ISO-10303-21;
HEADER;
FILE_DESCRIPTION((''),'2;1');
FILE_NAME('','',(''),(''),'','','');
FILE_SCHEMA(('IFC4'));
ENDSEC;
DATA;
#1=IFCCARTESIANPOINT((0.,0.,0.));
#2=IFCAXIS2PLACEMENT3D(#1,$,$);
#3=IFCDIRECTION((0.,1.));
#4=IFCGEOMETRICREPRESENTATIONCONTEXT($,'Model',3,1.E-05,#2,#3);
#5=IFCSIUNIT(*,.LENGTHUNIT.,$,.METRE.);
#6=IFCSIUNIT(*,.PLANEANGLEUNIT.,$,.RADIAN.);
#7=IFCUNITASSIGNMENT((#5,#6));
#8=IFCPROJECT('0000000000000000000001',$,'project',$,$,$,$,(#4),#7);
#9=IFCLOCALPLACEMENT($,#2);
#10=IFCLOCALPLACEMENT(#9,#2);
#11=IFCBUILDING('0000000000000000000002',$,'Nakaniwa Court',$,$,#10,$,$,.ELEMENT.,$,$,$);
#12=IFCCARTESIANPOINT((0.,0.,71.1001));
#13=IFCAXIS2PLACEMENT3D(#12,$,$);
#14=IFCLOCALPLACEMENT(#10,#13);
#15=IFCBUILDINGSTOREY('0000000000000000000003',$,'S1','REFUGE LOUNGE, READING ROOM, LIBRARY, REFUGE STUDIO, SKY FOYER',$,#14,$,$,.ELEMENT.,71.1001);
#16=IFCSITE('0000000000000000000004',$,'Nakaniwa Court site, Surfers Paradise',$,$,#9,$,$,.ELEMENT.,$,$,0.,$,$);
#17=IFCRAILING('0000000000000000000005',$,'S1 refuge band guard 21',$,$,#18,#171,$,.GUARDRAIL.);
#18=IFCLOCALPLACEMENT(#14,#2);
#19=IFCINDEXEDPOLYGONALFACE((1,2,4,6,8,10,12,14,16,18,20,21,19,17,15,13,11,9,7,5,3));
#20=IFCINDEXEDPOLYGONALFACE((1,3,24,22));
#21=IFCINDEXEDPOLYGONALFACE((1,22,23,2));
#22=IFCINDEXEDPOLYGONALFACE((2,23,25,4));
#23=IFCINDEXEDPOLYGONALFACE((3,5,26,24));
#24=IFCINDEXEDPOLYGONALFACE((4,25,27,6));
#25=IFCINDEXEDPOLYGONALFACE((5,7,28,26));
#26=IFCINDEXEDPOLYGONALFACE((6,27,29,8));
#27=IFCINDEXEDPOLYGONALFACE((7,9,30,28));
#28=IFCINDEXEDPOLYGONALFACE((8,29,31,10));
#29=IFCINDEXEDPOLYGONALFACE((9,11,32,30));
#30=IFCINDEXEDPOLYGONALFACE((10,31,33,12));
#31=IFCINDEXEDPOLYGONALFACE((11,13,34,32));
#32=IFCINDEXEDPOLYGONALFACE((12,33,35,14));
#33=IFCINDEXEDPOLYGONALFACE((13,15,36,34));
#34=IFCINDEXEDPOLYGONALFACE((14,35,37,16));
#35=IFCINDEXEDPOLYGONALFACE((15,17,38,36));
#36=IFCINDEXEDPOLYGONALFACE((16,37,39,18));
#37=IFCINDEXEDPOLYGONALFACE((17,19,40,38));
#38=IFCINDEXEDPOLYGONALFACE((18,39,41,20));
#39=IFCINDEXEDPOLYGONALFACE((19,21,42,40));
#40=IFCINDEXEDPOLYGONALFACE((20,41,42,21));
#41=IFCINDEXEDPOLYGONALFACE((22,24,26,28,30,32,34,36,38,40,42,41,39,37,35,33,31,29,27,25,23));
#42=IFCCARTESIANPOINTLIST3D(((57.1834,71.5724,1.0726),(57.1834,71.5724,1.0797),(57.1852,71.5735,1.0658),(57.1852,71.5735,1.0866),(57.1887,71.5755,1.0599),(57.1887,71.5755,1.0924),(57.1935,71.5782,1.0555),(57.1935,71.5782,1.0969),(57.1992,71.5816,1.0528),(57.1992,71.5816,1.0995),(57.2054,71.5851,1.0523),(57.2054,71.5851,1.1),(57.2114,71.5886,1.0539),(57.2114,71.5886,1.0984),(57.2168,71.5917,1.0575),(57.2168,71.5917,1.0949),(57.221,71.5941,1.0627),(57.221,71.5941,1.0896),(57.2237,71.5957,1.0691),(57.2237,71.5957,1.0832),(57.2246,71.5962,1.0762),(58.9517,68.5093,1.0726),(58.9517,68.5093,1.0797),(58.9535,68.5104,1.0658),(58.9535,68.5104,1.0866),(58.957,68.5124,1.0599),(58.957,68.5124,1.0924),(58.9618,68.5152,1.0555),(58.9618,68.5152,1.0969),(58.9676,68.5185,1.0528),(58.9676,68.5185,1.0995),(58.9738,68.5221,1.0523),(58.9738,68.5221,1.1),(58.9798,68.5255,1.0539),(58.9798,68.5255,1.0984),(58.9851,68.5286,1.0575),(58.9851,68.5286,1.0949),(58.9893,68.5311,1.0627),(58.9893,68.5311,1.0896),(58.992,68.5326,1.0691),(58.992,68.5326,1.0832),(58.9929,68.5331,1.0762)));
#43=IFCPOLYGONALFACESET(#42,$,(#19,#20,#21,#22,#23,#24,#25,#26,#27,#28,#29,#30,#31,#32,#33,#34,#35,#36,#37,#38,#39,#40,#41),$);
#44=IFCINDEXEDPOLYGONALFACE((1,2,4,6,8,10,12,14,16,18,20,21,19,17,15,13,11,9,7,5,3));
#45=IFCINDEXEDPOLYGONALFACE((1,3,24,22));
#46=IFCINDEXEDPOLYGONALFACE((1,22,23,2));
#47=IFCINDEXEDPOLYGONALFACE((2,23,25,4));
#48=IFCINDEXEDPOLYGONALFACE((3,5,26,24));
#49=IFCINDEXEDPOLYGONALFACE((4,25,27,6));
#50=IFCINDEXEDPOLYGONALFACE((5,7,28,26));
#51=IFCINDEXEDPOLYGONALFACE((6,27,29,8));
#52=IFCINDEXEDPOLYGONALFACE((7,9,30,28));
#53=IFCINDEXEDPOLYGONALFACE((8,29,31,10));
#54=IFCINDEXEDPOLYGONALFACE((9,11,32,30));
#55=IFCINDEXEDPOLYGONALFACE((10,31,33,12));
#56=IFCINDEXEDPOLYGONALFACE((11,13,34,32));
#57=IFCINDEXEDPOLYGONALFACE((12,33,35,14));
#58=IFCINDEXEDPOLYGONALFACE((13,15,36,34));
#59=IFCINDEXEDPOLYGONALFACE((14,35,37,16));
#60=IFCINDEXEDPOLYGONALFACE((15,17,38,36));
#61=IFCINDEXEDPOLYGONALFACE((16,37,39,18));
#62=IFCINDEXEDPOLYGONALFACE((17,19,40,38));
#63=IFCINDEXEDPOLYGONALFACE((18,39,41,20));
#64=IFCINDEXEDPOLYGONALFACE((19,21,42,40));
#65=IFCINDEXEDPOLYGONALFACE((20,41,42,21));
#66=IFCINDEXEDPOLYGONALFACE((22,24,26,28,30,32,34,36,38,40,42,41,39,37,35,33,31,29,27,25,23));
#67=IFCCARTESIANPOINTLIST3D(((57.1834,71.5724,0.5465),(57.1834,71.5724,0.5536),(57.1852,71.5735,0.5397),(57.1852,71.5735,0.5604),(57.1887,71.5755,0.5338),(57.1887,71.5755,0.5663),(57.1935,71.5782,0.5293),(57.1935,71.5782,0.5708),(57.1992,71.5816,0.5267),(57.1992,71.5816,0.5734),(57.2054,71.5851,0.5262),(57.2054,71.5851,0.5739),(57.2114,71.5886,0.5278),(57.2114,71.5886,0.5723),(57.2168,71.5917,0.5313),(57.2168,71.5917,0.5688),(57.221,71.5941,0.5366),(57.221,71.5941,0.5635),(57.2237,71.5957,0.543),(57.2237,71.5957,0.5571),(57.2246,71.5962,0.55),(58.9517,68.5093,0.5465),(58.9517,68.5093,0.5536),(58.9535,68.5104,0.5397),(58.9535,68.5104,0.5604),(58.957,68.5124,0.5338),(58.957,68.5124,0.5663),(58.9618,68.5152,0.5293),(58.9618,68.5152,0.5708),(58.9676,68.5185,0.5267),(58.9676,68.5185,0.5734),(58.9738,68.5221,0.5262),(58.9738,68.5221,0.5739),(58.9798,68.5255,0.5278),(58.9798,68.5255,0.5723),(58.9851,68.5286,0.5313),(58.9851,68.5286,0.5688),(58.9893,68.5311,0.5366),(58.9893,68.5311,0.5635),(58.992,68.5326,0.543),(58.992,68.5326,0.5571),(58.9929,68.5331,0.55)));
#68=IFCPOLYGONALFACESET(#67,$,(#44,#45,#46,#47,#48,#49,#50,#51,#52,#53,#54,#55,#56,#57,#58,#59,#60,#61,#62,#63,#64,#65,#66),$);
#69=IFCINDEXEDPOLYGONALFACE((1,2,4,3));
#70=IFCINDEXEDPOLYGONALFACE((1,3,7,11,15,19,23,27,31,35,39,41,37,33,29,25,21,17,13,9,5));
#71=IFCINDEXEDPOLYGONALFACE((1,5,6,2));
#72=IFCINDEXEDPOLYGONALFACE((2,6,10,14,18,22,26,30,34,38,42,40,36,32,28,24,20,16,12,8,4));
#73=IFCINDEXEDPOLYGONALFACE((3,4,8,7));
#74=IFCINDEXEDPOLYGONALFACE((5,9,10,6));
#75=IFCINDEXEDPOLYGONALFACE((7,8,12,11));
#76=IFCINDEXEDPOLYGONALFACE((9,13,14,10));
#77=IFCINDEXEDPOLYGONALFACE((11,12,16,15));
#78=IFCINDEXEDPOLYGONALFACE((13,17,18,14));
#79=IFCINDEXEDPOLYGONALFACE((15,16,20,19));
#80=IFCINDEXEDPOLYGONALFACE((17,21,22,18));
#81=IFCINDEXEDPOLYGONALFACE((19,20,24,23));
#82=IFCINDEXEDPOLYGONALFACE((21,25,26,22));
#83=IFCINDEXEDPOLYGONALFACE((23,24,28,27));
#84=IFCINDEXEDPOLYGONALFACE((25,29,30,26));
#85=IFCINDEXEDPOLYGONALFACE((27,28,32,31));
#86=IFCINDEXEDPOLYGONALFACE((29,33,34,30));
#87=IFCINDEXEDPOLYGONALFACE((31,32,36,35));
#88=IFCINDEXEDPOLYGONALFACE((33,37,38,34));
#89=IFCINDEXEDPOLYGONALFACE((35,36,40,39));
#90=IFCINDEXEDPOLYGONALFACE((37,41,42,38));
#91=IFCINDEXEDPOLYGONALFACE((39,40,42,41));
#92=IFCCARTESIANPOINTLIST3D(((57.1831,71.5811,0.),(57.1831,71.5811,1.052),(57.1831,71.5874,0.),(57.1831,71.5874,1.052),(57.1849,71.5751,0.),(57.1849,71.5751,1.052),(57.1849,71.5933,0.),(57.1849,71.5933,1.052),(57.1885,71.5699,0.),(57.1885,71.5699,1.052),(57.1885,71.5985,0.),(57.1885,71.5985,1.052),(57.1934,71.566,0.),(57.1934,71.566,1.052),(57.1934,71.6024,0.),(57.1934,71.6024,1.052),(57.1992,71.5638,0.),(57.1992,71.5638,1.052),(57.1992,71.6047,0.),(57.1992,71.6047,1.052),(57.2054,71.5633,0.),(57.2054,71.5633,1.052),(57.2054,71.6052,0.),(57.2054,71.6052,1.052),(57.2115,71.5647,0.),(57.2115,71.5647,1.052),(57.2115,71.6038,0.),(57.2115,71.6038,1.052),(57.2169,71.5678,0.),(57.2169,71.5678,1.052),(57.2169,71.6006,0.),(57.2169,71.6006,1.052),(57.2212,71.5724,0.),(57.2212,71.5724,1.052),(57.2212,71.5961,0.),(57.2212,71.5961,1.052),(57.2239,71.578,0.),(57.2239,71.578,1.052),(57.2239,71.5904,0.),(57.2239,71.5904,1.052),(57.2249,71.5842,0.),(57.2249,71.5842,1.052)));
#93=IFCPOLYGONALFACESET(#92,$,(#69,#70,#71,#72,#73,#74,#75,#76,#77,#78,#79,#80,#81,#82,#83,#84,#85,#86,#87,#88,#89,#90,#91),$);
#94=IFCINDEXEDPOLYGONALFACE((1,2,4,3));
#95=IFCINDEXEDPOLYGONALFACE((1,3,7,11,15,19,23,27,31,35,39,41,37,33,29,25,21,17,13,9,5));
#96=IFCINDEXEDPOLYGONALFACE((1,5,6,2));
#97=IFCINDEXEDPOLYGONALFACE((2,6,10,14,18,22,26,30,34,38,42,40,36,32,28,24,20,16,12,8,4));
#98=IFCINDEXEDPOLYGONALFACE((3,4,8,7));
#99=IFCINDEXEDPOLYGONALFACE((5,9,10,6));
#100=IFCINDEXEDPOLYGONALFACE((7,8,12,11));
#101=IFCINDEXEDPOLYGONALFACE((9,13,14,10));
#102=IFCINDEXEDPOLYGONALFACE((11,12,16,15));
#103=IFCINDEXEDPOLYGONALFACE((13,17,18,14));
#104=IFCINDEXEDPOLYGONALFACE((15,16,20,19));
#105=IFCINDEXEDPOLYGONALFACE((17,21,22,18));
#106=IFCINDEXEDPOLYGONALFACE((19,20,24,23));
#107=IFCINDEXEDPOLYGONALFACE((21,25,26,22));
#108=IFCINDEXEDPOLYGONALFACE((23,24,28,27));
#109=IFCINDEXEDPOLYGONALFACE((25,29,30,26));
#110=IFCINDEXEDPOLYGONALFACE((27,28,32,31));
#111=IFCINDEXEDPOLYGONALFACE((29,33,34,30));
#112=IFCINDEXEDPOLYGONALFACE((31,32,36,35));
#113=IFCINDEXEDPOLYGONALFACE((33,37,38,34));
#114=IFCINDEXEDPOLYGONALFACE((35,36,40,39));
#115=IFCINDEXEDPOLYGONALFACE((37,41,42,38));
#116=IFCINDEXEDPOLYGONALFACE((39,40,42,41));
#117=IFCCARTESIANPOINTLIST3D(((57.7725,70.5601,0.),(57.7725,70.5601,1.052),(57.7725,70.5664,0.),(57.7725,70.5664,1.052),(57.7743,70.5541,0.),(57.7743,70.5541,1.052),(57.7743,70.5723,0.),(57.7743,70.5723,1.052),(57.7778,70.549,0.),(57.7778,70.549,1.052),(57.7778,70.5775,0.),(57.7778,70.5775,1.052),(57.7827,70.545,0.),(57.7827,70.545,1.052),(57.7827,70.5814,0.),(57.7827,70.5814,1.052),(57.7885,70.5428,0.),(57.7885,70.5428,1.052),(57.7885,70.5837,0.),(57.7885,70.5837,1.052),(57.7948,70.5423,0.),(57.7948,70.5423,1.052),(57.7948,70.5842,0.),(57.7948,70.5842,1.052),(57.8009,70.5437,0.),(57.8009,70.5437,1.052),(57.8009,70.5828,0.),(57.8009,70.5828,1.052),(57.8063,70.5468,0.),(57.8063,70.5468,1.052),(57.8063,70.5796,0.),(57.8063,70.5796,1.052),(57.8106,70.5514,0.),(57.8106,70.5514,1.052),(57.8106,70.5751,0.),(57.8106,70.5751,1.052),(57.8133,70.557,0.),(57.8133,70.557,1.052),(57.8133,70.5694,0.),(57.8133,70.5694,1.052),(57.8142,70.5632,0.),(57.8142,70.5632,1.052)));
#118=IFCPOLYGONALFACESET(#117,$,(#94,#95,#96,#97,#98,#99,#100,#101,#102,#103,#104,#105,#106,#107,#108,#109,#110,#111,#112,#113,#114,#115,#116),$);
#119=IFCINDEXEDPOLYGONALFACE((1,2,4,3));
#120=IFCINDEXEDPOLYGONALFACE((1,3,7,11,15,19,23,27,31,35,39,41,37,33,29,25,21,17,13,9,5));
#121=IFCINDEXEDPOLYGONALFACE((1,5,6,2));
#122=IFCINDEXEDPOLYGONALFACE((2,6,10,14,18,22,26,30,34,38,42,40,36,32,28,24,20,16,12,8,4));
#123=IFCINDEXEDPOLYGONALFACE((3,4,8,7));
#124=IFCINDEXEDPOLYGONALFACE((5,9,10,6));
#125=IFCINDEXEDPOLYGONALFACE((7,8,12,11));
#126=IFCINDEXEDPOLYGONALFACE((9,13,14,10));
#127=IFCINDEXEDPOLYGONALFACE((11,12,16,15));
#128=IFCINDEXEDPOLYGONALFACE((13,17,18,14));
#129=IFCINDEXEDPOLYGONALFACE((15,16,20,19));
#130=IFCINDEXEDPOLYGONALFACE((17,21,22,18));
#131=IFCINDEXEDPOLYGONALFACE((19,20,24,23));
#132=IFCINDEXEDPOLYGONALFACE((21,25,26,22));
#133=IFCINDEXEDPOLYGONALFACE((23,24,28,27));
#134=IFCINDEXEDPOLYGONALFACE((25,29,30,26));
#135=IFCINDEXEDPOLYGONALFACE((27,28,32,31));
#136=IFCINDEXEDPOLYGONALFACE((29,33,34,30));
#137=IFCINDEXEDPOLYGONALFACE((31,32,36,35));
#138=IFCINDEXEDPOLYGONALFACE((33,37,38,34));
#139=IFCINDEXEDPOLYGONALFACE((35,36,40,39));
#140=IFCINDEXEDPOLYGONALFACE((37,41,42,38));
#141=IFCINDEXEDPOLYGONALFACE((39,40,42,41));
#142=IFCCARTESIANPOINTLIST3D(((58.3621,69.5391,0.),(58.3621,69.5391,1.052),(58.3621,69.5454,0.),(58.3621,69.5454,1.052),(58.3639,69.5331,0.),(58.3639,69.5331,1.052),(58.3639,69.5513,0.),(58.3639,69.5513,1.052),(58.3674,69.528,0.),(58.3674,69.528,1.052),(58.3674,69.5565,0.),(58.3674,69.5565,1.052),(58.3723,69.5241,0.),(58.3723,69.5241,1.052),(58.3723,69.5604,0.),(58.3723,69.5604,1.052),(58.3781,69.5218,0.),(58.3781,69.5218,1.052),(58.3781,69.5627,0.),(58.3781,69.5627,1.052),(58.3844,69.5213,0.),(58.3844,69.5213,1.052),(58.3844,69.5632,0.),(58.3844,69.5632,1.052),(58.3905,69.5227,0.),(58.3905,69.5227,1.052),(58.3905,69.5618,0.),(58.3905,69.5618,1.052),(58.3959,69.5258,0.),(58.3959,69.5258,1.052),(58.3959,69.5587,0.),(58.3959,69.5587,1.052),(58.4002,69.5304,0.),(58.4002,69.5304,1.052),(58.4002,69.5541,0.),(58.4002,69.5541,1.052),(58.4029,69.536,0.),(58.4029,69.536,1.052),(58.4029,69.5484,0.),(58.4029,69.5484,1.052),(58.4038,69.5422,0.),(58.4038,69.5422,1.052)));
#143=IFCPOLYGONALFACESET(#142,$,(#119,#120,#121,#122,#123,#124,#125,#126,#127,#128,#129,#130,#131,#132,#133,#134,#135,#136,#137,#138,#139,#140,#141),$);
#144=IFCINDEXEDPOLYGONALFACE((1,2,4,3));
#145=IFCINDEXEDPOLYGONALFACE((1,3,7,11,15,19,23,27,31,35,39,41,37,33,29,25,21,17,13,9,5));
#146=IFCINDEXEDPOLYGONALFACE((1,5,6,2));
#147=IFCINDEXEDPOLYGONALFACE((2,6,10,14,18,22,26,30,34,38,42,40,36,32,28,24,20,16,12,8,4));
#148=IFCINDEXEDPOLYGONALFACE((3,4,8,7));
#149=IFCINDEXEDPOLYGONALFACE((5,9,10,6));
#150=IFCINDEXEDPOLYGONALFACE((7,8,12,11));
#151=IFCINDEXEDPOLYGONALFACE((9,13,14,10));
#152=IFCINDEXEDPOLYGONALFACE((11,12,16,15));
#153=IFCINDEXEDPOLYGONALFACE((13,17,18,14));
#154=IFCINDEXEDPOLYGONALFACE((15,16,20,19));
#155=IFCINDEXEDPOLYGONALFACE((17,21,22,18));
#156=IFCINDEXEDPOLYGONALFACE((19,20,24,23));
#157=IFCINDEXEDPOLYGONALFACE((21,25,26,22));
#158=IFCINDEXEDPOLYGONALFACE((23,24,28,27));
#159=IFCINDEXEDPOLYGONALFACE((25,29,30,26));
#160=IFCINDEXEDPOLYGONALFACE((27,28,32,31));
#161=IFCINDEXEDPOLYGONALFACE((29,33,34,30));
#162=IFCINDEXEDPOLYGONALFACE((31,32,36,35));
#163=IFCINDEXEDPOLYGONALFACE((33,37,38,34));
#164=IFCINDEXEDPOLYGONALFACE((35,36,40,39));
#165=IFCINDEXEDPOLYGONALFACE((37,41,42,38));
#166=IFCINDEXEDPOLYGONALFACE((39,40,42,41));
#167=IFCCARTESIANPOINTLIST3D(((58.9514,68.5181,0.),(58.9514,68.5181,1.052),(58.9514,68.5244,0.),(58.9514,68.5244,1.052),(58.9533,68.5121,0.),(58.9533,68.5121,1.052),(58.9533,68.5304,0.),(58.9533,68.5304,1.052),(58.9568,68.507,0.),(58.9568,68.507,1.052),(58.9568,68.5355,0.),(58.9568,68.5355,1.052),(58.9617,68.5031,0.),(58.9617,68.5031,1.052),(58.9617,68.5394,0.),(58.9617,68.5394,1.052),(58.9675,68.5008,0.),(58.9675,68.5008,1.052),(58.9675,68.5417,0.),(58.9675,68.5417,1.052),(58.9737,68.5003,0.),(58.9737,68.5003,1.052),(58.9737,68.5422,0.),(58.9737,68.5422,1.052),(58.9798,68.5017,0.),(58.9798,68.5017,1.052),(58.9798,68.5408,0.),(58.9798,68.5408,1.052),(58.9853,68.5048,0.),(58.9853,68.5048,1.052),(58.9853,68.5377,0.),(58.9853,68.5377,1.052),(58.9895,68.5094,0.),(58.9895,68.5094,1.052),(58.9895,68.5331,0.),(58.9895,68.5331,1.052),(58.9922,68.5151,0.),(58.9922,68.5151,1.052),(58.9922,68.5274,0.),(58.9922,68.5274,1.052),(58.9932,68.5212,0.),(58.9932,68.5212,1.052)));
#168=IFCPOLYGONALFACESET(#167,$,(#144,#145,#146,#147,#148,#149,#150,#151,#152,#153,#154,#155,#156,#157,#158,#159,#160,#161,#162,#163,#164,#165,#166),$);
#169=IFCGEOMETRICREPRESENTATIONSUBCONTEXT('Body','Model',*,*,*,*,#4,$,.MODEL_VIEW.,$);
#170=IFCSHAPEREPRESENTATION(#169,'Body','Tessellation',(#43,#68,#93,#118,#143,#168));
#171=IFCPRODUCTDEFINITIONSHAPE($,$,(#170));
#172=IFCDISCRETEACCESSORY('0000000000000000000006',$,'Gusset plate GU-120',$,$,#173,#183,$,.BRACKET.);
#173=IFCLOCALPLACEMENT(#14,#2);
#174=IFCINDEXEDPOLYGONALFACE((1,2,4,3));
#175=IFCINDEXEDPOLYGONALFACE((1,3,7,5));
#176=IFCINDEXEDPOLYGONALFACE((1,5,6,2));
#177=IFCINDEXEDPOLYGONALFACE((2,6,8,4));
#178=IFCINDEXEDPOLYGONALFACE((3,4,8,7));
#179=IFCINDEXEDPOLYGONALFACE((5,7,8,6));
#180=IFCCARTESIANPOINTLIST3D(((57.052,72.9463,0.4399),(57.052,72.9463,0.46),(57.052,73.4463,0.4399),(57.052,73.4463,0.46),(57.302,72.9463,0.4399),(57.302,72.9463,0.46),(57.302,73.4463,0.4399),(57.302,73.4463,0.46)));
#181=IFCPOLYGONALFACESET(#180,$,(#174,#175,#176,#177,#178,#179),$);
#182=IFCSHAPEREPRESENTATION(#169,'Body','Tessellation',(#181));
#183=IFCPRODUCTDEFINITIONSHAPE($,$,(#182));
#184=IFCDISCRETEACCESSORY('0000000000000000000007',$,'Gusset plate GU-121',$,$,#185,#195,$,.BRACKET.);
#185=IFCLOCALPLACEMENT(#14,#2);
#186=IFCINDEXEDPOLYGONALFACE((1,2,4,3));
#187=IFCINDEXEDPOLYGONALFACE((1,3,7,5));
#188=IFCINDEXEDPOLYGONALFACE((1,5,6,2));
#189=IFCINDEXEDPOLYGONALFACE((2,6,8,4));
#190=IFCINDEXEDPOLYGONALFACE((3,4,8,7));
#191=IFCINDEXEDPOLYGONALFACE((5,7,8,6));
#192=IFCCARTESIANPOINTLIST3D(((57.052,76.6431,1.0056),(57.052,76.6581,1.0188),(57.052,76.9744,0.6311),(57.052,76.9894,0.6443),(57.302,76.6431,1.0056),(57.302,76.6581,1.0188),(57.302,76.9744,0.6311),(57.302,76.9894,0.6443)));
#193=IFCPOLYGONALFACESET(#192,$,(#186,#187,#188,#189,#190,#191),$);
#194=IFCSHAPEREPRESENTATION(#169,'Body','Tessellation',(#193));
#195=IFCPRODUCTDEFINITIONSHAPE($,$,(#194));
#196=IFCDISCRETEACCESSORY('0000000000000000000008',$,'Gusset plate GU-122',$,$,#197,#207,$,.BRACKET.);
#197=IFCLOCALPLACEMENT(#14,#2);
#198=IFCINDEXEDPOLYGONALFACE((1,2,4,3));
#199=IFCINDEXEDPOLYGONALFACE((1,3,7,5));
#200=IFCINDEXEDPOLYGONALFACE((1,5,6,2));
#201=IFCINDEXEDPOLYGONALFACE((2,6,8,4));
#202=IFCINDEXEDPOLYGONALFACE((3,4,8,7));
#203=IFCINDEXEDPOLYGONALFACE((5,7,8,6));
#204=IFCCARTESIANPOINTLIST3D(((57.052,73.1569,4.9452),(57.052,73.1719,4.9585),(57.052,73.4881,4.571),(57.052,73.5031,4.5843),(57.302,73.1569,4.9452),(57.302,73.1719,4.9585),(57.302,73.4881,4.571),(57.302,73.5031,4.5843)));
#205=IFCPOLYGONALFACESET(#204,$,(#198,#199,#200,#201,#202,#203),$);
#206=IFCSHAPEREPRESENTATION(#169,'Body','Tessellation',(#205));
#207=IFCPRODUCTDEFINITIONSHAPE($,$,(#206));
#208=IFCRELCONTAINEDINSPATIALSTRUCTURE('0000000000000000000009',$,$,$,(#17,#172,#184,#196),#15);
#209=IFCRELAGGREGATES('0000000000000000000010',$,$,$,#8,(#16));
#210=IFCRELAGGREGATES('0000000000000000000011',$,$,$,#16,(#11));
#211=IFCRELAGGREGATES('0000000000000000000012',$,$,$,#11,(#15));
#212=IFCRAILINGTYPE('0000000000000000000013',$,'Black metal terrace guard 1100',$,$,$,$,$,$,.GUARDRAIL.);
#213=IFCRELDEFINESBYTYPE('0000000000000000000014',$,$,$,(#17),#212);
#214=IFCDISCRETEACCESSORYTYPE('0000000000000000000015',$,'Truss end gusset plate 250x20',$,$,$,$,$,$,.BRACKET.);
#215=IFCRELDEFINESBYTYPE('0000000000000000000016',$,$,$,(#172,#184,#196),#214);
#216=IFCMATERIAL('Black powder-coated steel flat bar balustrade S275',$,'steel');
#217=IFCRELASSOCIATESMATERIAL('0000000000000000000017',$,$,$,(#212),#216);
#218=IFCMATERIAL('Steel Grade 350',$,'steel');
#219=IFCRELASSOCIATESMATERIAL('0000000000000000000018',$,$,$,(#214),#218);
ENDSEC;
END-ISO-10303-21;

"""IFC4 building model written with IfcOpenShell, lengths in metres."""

from ifc_helpers import new_model, si_unit, direction, frame, origin, origin_2d, place, context, subcontext, project, spatial, rectangle, circle, extrude, material, material_profile, profile_set, type_object, element, save


model = new_model("IFC4")

# Units and contexts
model_context = context("Model", 3, precision=1e-05, world=origin(), true_north=direction((0.0, 1.0)))
body_context = subcontext(model_context, "Body", "Model", "MODEL_VIEW")
ifc_project = project(units=[si_unit("LENGTHUNIT", "METRE"), si_unit("PLANEANGLEUNIT", "RADIAN")], contexts=[model_context])

# Site, building, storey
site_placement = place(None, origin())
site = spatial("IfcSite", under=ifc_project, at=site_placement, Name="Nakaniwa Court site, Surfers Paradise", CompositionType="ELEMENT", RefElevation=0.0)
building_placement = place(site_placement, origin())
building = spatial("IfcBuilding", under=site, at=building_placement, Name="Nakaniwa Court", CompositionType="ELEMENT")
storey_placement = place(building_placement, frame((0.0, 0.0, 71.1001)))
storey = spatial("IfcBuildingStorey", under=building, at=storey_placement, Name="S1", Description="REFUGE LOUNGE, READING ROOM, LIBRARY, REFUGE STUDIO, SKY FOYER", CompositionType="ELEMENT", Elevation=71.1001)

# Shared definitions
ifc_material_1 = material(Name="Steel Grade 350", Category="steel")

# Railing
ifc_material_2 = material(Name="Black powder-coated steel flat bar balustrade S275", Category="steel")
railing_type = type_object("IfcRailingType", Name="Black metal terrace guard 1100", PredefinedType="GUARDRAIL", material=ifc_material_2)
railing_placement = place(storey_placement, frame((57.2039, 71.5842, 0.0)))
element("IfcRailing", 1, at=railing_placement, inside=storey, type_object=railing_type, Name="S1 refuge band guard 21", PredefinedType="GUARDRAIL", context=body_context, shape_type="SweptSolid", body=[
    extrude(circle(Radius=0.0239, at=origin_2d()), frame((0.0, 0.0, 1.0762), z_axis=(0.499977, -0.866038, 0.0), x_axis=(0.866038, 0.499977, 0.0)), (0.0, 0.0, 1.0), 3.5369),
    extrude(circle(Radius=0.0239, at=origin_2d()), frame((0.0, 0.0, 0.55), z_axis=(0.499977, -0.866038, 0.0), x_axis=(0.866038, 0.499977, 0.0)), (0.0, 0.0, 1.0), 3.5369),
    extrude(circle(Radius=0.021, at=origin_2d()), origin(), (0.0, 0.0, 1.0), 1.052),
    extrude(circle(Radius=0.021, at=origin_2d()), frame((0.5894, -1.021, 0.0)), (0.0, 0.0, 1.0), 1.052),
    extrude(circle(Radius=0.021, at=origin_2d()), frame((1.179, -2.042, 0.0)), (0.0, 0.0, 1.0), 1.052),
    extrude(circle(Radius=0.021, at=origin_2d()), frame((1.7683, -3.063, 0.0)), (0.0, 0.0, 1.0), 1.052),
])

# Discrete accessories
ifc_material_profile_1 = material_profile(ifc_material_1, rectangle(XDim=0.25, YDim=0.02, at=origin_2d()), Name="Truss end gusset plate 250x20")
ifc_profile_set_1 = profile_set([ifc_material_profile_1], Name="Steel Grade 350")
discrete_accessory_type = type_object("IfcDiscreteAccessoryType", Name="Truss end gusset plate 250x20", PredefinedType="BRACKET", material=ifc_profile_set_1)
for number, where, z_axis, x_axis, name in (
    (2, (57.177, 73.4463, 0.45), (0.0, -1.0, 0.0), (1.0, 0.0, 0.0), "Gusset plate GU-120"),
    (3, (57.177, 76.6506, 1.0122), (0.0, 0.662574, -0.748997), (-1.0, 0.0, 0.0), "Gusset plate GU-121"),
):
    element("IfcDiscreteAccessory", number, at=place(storey_placement, frame(where, z_axis=z_axis, x_axis=x_axis)), inside=storey, type_object=discrete_accessory_type, Name=name, PredefinedType="BRACKET", context=body_context, shape_type="SweptSolid", body=[
        extrude(rectangle(XDim=0.25, YDim=0.02, at=origin_2d()), origin(), (0.0, 0.0, 1.0), 0.5),
    ])
discrete_accessory_placement = place(storey_placement, frame((57.177, 73.4956, 4.5776), z_axis=(0.0, -0.662816, 0.748782), x_axis=(1.0, 0.0, 0.0)))
element("IfcDiscreteAccessory", 4, at=discrete_accessory_placement, inside=storey, type_object=discrete_accessory_type, Name="Gusset plate GU-122", PredefinedType="BRACKET", context=body_context, shape_type="SweptSolid", body=[
    extrude(rectangle(XDim=0.25, YDim=0.02, at=origin_2d()), origin(), (0.0, 0.0, 1.0), 0.4998),
])

save(model, "model.ifc")
